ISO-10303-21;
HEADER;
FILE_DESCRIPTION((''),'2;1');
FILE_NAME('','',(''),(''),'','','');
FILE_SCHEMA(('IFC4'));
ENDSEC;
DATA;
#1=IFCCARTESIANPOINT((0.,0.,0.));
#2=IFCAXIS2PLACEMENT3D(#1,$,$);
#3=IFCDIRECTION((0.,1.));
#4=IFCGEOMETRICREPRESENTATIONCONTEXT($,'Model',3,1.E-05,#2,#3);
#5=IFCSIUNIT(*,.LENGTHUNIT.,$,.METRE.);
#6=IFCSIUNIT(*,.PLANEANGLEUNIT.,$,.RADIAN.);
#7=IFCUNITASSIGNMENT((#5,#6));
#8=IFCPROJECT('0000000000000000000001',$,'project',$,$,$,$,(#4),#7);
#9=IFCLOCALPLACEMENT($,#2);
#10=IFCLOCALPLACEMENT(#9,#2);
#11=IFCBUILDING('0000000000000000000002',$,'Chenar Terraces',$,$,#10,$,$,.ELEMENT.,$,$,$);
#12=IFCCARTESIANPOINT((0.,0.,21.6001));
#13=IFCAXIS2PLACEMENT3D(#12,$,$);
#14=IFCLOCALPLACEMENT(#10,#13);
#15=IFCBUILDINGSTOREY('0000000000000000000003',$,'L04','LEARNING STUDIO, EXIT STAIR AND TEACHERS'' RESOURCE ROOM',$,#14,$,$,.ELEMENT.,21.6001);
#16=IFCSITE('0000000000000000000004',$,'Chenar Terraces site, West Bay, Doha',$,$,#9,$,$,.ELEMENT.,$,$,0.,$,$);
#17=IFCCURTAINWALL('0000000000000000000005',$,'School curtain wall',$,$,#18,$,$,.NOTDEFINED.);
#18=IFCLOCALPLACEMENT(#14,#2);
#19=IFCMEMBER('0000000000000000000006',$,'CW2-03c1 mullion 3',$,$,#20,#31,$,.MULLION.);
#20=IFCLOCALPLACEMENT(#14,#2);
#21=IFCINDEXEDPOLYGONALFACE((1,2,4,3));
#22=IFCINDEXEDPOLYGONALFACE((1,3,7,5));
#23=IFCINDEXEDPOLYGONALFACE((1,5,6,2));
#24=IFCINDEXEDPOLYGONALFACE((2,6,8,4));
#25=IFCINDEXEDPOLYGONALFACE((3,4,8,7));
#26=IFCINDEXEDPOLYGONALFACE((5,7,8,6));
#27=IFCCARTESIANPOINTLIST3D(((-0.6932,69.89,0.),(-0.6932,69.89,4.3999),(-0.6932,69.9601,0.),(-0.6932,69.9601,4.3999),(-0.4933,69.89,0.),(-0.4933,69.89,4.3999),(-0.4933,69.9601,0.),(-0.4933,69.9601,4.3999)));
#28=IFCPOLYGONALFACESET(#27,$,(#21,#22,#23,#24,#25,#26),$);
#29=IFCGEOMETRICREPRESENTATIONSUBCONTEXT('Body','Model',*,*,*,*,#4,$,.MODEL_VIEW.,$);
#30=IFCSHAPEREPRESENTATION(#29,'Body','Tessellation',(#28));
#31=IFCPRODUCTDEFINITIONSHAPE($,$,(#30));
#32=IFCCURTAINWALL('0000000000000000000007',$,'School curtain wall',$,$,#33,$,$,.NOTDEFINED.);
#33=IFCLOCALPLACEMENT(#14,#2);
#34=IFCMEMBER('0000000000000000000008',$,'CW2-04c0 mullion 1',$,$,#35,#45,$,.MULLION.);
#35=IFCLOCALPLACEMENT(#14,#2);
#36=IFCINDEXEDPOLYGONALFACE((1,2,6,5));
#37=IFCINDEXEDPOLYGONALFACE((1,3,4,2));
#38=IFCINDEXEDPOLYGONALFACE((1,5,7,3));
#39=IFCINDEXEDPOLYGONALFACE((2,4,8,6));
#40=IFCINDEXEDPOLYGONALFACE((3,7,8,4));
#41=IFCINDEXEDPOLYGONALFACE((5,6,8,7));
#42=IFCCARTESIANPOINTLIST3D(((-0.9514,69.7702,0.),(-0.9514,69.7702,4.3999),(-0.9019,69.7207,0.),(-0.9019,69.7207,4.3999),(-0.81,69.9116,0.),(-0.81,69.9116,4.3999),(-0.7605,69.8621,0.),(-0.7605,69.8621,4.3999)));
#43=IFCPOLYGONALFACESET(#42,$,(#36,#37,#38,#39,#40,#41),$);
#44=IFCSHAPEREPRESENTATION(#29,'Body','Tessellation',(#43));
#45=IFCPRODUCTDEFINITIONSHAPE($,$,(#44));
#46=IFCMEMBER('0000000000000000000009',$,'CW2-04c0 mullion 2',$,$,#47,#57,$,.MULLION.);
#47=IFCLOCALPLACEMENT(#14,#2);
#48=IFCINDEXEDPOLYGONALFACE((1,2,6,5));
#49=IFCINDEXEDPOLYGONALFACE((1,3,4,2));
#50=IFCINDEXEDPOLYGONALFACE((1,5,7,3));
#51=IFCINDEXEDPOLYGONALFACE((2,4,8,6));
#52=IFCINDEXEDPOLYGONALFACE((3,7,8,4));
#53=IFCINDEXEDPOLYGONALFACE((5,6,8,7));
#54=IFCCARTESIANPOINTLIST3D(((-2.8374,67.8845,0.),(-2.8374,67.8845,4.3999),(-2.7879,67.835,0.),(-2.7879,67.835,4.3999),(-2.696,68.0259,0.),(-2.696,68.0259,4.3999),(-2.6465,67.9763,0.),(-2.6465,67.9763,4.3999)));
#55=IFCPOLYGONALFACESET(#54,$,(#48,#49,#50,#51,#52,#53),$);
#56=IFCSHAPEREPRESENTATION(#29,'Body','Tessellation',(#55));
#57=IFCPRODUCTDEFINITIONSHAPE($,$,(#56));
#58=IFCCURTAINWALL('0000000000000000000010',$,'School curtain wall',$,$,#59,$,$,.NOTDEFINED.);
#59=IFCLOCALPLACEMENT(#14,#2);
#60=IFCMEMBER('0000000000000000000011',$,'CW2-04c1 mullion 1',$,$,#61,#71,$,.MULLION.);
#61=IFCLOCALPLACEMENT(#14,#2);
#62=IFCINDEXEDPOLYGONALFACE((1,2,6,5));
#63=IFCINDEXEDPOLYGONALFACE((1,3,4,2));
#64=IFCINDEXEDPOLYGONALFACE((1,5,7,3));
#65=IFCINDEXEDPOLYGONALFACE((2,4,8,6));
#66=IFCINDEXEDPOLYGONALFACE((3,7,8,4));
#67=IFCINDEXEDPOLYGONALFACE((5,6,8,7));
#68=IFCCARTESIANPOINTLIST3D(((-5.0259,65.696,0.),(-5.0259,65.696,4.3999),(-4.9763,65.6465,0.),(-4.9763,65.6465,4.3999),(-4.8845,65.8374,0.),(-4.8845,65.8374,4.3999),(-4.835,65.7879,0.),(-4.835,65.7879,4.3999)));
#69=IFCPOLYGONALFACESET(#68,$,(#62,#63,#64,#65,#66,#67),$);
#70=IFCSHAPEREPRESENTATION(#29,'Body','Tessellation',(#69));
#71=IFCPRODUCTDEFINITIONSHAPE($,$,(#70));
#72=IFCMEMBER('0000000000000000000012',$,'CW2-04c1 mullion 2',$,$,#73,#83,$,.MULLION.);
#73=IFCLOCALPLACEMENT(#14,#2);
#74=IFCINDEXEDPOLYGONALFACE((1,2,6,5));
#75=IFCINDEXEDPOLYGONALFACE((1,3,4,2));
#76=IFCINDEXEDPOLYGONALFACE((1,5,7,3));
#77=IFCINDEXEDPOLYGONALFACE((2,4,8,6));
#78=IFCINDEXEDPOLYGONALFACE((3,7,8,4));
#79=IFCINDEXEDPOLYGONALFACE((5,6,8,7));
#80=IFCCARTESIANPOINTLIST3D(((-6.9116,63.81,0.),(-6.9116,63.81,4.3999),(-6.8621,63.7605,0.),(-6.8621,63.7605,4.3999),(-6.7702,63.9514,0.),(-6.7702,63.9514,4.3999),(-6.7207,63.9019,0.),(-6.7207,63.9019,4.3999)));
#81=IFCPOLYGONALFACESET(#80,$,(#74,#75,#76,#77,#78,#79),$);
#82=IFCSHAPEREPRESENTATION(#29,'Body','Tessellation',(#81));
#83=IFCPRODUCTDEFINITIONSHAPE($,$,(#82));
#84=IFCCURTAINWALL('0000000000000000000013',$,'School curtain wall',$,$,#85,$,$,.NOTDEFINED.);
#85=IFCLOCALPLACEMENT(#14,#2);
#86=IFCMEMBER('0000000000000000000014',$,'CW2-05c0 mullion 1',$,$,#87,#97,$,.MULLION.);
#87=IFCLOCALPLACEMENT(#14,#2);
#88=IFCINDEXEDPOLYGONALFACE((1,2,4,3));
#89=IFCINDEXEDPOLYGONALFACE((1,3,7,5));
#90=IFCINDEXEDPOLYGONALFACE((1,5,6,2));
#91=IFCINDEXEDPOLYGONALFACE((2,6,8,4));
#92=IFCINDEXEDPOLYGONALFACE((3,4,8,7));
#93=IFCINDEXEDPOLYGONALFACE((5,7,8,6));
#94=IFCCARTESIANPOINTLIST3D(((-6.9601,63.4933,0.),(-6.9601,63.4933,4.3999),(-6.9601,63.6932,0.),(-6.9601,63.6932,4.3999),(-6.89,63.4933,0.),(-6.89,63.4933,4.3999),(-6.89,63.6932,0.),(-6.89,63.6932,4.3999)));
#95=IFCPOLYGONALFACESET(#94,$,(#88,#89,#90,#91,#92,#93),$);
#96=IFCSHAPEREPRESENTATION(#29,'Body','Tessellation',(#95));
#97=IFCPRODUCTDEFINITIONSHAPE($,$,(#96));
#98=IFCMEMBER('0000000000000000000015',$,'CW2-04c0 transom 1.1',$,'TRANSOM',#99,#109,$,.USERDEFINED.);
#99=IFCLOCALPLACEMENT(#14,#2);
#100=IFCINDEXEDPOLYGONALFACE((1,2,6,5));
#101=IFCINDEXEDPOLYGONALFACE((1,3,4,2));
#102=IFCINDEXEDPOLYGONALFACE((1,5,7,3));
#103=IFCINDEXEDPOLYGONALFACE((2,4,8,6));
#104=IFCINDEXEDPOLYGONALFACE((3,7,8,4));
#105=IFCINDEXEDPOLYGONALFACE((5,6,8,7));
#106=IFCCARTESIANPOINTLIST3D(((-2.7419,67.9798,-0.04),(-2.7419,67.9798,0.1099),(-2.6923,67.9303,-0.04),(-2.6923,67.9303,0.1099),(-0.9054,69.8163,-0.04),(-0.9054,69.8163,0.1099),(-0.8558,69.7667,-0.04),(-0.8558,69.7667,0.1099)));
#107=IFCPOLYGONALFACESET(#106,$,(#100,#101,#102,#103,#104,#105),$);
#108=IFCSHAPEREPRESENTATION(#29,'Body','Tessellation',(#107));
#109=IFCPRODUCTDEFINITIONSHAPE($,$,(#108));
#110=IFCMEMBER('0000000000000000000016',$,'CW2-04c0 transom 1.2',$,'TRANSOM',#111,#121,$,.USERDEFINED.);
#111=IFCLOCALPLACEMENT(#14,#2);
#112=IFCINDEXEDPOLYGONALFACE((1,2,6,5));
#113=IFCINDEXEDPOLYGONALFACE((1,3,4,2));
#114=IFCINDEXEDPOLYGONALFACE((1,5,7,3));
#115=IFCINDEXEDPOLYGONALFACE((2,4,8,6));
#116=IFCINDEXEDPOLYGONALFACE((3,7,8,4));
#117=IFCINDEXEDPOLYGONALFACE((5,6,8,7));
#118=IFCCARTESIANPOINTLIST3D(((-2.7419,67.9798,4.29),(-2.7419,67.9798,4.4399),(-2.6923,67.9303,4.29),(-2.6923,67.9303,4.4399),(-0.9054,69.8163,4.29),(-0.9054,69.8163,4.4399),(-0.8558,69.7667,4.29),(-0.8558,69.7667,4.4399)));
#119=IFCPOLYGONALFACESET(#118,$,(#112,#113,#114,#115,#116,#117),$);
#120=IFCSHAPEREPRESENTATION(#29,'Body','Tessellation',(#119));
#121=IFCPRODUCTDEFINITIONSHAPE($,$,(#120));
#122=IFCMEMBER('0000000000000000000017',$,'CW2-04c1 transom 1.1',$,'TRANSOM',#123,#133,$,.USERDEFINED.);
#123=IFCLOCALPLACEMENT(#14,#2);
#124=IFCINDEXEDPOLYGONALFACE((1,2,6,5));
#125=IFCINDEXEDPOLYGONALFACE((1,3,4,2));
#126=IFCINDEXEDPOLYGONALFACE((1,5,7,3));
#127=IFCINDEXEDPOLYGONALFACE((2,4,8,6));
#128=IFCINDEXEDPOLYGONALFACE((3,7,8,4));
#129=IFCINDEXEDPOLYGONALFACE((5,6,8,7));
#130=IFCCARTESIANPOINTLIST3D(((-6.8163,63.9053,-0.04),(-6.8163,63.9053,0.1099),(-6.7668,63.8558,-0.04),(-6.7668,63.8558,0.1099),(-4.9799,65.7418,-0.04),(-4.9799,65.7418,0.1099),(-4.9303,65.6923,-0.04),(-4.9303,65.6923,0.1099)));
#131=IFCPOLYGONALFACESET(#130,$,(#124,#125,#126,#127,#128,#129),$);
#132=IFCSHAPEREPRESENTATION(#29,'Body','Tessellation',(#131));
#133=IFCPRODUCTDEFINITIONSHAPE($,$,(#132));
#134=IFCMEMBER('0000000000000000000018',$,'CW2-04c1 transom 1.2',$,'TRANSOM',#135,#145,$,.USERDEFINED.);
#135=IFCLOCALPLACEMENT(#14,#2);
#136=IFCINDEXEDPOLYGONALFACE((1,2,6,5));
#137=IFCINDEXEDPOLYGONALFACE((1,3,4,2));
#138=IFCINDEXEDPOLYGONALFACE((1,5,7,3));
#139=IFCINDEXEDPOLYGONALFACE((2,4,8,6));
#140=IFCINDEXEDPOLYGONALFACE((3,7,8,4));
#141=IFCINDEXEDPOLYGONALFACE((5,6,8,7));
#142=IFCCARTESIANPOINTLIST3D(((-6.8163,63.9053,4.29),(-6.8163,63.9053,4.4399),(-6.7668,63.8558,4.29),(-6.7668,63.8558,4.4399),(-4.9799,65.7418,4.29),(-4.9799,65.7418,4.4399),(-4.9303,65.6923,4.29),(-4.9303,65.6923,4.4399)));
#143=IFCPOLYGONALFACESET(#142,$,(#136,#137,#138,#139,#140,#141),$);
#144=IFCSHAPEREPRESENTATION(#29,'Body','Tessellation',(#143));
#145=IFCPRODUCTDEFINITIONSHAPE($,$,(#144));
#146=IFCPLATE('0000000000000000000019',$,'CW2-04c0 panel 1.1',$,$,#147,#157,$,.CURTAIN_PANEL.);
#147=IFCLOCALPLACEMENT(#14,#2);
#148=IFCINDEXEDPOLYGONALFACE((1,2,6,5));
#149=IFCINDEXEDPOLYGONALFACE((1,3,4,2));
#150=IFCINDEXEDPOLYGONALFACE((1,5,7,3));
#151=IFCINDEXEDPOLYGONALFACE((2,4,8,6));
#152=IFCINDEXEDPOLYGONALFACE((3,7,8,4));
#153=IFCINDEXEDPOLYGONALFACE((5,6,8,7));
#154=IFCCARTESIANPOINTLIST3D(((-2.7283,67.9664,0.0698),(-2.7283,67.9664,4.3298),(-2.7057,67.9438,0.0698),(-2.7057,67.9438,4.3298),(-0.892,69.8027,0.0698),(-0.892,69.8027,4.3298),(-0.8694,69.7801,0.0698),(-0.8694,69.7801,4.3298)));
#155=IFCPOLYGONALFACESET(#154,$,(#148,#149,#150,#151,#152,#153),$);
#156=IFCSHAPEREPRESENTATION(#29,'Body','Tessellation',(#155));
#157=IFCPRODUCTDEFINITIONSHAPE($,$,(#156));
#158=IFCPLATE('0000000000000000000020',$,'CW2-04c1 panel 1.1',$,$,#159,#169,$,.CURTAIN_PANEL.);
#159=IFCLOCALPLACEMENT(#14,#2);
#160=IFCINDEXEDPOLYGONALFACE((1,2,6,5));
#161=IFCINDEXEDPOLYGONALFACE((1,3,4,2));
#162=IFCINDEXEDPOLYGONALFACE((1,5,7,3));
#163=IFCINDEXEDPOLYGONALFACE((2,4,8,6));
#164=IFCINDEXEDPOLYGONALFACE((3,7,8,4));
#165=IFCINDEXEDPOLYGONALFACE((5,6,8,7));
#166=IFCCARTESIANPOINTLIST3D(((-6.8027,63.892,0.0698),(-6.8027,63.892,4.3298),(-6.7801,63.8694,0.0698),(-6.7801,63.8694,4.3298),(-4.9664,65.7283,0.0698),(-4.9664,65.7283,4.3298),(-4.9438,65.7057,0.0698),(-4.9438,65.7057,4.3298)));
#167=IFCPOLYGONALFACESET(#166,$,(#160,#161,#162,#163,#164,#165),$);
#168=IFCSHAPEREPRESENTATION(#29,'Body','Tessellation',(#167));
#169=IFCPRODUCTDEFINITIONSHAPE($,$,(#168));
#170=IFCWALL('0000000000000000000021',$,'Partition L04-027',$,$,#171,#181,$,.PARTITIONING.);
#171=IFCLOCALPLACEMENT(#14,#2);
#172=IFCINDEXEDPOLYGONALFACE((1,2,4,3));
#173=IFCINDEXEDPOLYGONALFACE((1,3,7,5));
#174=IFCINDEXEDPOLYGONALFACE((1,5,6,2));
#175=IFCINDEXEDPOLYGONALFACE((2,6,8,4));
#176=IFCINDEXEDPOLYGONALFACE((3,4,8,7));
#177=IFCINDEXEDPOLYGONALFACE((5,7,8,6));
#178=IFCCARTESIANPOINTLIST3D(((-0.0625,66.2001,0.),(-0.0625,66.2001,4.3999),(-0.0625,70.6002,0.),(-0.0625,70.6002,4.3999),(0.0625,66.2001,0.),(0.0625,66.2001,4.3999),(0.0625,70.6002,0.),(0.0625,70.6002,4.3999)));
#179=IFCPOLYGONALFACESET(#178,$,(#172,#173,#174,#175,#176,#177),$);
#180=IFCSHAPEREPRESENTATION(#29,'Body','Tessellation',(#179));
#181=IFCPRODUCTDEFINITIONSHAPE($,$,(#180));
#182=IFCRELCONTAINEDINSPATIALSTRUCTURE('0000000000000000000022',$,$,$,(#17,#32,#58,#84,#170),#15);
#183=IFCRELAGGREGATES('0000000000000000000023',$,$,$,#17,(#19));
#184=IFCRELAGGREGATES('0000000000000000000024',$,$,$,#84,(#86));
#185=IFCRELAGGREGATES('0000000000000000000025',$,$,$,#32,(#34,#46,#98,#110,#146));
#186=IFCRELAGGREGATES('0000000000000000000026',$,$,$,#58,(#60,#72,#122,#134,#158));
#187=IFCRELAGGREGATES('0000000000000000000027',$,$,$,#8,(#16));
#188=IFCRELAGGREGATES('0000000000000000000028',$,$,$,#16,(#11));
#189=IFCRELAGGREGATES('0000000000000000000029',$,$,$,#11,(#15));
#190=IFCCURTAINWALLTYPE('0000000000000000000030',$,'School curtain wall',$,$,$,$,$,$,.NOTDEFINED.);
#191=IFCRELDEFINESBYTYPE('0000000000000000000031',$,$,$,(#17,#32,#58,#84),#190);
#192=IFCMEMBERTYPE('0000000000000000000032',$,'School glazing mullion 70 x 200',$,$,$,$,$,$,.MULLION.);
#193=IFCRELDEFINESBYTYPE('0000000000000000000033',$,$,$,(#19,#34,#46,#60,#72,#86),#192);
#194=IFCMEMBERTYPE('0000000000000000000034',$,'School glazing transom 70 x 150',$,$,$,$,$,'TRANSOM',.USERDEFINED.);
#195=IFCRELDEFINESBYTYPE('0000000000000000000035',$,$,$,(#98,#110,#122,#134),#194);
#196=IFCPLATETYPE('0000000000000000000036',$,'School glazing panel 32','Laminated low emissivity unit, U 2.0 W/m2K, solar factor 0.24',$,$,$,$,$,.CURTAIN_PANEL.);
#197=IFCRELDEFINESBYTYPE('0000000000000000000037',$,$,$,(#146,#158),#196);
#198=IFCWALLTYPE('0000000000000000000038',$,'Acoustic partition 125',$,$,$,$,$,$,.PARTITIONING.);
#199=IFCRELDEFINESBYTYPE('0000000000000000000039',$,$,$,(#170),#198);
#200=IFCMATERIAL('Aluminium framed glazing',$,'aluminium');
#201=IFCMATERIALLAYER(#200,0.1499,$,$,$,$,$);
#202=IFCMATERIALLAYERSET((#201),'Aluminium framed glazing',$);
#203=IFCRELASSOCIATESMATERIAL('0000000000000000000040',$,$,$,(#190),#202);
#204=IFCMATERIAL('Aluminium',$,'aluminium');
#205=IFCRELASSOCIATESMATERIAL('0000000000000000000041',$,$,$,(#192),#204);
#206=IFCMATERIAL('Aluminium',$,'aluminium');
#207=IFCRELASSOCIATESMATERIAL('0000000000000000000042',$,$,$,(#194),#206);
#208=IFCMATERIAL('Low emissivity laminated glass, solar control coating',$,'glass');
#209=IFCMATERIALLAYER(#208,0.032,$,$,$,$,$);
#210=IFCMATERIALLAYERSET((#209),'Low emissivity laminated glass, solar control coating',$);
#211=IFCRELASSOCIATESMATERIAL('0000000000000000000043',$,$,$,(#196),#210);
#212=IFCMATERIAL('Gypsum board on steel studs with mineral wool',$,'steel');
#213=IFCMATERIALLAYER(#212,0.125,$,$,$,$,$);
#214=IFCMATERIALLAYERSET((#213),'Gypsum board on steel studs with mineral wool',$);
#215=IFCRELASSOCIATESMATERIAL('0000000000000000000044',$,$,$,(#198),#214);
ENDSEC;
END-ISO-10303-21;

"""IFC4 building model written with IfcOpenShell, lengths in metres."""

from ifc_helpers import new_model, si_unit, direction, frame, frame_2d, origin, origin_2d, place, context, subcontext, project, spatial, rectangle, extrude, material, layer, layer_set, material_profile, profile_set, type_object, element, aggregate, save


model = new_model("IFC4")

# Units and contexts
model_context = context("Model", 3, precision=1e-05, world=origin(), true_north=direction((0.0, 1.0)))
body_context = subcontext(model_context, "Body", "Model", "MODEL_VIEW")
ifc_project = project(units=[si_unit("LENGTHUNIT", "METRE"), si_unit("PLANEANGLEUNIT", "RADIAN")], contexts=[model_context])

# Site, building, storey
site_placement = place(None, origin())
site = spatial("IfcSite", under=ifc_project, at=site_placement, Name="Chenar Terraces site, West Bay, Doha", CompositionType="ELEMENT", RefElevation=0.0)
building_placement = place(site_placement, origin())
building = spatial("IfcBuilding", under=site, at=building_placement, Name="Chenar Terraces", CompositionType="ELEMENT")
storey_placement = place(building_placement, frame((0.0, 0.0, 21.6001)))
storey = spatial("IfcBuildingStorey", under=building, at=storey_placement, Name="L04", Description="LEARNING STUDIO, EXIT STAIR AND TEACHERS' RESOURCE ROOM", CompositionType="ELEMENT", Elevation=21.6001)

# Curtain wall, member
ifc_material_1 = material(Name="Aluminium framed glazing", Category="aluminium")
ifc_layer_1 = layer(ifc_material_1, 0.1499)
ifc_layer_set_1 = layer_set([ifc_layer_1], Name="Aluminium framed glazing")
curtain_wall_type = type_object("IfcCurtainWallType", Name="School curtain wall", PredefinedType="NOTDEFINED", material=ifc_layer_set_1)
placement = place(storey_placement, origin())
curtain_wall_1 = element("IfcCurtainWall", 1, at=placement, inside=storey, type_object=curtain_wall_type, Name="School curtain wall", PredefinedType="NOTDEFINED")
ifc_material_2 = material(Name="Aluminium", Category="aluminium")
ifc_material_profile_1 = material_profile(ifc_material_2, rectangle(XDim=0.0701, YDim=0.2, at=origin_2d()), Name="School glazing mullion 70 x 200")
ifc_profile_set_1 = profile_set([ifc_material_profile_1], Name="Aluminium")
member_type_1 = type_object("IfcMemberType", Name="School glazing mullion 70 x 200", PredefinedType="MULLION", material=ifc_profile_set_1)
member_1_placement = place(storey_placement, frame((-0.5933, 69.925, 0.0), z_axis=(0.0, 0.0, 1.0), x_axis=(0.0, -1.0, 0.0)))
member_1 = element("IfcMember", 2, at=member_1_placement, type_object=member_type_1, Name="CW2-03c1 mullion 3", PredefinedType="MULLION", context=body_context, shape_type="SweptSolid", body=[
    extrude(rectangle(XDim=0.0701, YDim=0.2, at=origin_2d()), origin(), (0.0, 0.0, 1.0), 4.3999),
])
aggregate(curtain_wall_1, [member_1])

# Curtain walls, members
curtain_wall_2 = element("IfcCurtainWall", 3, at=placement, inside=storey, type_object=curtain_wall_type, Name="School curtain wall", PredefinedType="NOTDEFINED")
member_2_placement = place(storey_placement, frame((-0.856, 69.8162, 0.0), z_axis=(0.0, 0.0, 1.0), x_axis=(0.707107, -0.707107, 0.0)))
member_2 = element("IfcMember", 4, at=member_2_placement, type_object=member_type_1, Name="CW2-04c0 mullion 1", PredefinedType="MULLION", context=body_context, shape_type="SweptSolid", body=[
    extrude(rectangle(XDim=0.0701, YDim=0.2, at=origin_2d()), origin(), (0.0, 0.0, 1.0), 4.3999),
])
member_3_placement = place(storey_placement, frame((-2.7419, 67.9304, 0.0), z_axis=(0.0, 0.0, 1.0), x_axis=(0.707107, -0.707107, 0.0)))
member_3 = element("IfcMember", 5, at=member_3_placement, type_object=member_type_1, Name="CW2-04c0 mullion 2", PredefinedType="MULLION", context=body_context, shape_type="SweptSolid", body=[
    extrude(rectangle(XDim=0.0701, YDim=0.2, at=origin_2d()), origin(), (0.0, 0.0, 1.0), 4.3999),
])
curtain_wall_3 = element("IfcCurtainWall", 6, at=placement, inside=storey, type_object=curtain_wall_type, Name="School curtain wall", PredefinedType="NOTDEFINED")
member_4_placement = place(storey_placement, frame((-4.9304, 65.7419, 0.0), z_axis=(0.0, 0.0, 1.0), x_axis=(0.707107, -0.707107, 0.0)))
member_4 = element("IfcMember", 7, at=member_4_placement, type_object=member_type_1, Name="CW2-04c1 mullion 1", PredefinedType="MULLION", context=body_context, shape_type="SweptSolid", body=[
    extrude(rectangle(XDim=0.0701, YDim=0.2, at=origin_2d()), origin(), (0.0, 0.0, 1.0), 4.3999),
])
member_5_placement = place(storey_placement, frame((-6.8162, 63.856, 0.0), z_axis=(0.0, 0.0, 1.0), x_axis=(0.707107, -0.707107, 0.0)))
member_5 = element("IfcMember", 8, at=member_5_placement, type_object=member_type_1, Name="CW2-04c1 mullion 2", PredefinedType="MULLION", context=body_context, shape_type="SweptSolid", body=[
    extrude(rectangle(XDim=0.0701, YDim=0.2, at=origin_2d()), origin(), (0.0, 0.0, 1.0), 4.3999),
])

# Curtain wall, member
curtain_wall_4 = element("IfcCurtainWall", 9, at=placement, inside=storey, type_object=curtain_wall_type, Name="School curtain wall", PredefinedType="NOTDEFINED")
member_6_placement = place(storey_placement, frame((-6.925, 63.5933, 0.0), z_axis=(0.0, 0.0, 1.0), x_axis=(1.0, 0.0, 0.0)))
member_6 = element("IfcMember", 10, at=member_6_placement, type_object=member_type_1, Name="CW2-05c0 mullion 1", PredefinedType="MULLION", context=body_context, shape_type="SweptSolid", body=[
    extrude(rectangle(XDim=0.0701, YDim=0.2, at=origin_2d()), origin(), (0.0, 0.0, 1.0), 4.3999),
])
aggregate(curtain_wall_4, [member_6])

# Members
ifc_material_3 = material(Name="Aluminium", Category="aluminium")
ifc_material_profile_2 = material_profile(ifc_material_3, rectangle(XDim=0.0701, YDim=0.1499, at=origin_2d()), Name="School glazing transom 70 x 150")
ifc_profile_set_2 = profile_set([ifc_material_profile_2], Name="Aluminium")
member_type_2 = type_object("IfcMemberType", Name="School glazing transom 70 x 150", ElementType="TRANSOM", PredefinedType="USERDEFINED", material=ifc_profile_set_2)
member_7_placement = place(storey_placement, frame((-0.8806, 69.7915, 0.0349), z_axis=(-0.707107, -0.707107, 0.0), x_axis=(0.707107, -0.707107, 0.0)))
member_7 = element("IfcMember", 11, at=member_7_placement, type_object=member_type_2, Name="CW2-04c0 transom 1.1", ObjectType="TRANSOM", PredefinedType="USERDEFINED", context=body_context, shape_type="SweptSolid", body=[
    extrude(rectangle(XDim=0.0701, YDim=0.1499, at=origin_2d()), origin(), (0.0, 0.0, 1.0), 2.5972),
])
member_8_placement = place(storey_placement, frame((-0.8806, 69.7915, 4.365), z_axis=(-0.707107, -0.707107, 0.0), x_axis=(0.707107, -0.707107, 0.0)))
member_8 = element("IfcMember", 12, at=member_8_placement, type_object=member_type_2, Name="CW2-04c0 transom 1.2", ObjectType="TRANSOM", PredefinedType="USERDEFINED", context=body_context, shape_type="SweptSolid", body=[
    extrude(rectangle(XDim=0.0701, YDim=0.1499, at=origin_2d()), origin(), (0.0, 0.0, 1.0), 2.5972),
])
member_9_placement = place(storey_placement, frame((-4.9551, 65.717, 0.0349), z_axis=(-0.707107, -0.707107, 0.0), x_axis=(0.707107, -0.707107, 0.0)))
member_9 = element("IfcMember", 13, at=member_9_placement, type_object=member_type_2, Name="CW2-04c1 transom 1.1", ObjectType="TRANSOM", PredefinedType="USERDEFINED", context=body_context, shape_type="SweptSolid", body=[
    extrude(rectangle(XDim=0.0701, YDim=0.1499, at=origin_2d()), origin(), (0.0, 0.0, 1.0), 2.5972),
])
member_10_placement = place(storey_placement, frame((-4.9551, 65.717, 4.365), z_axis=(-0.707107, -0.707107, 0.0), x_axis=(0.707107, -0.707107, 0.0)))
member_10 = element("IfcMember", 14, at=member_10_placement, type_object=member_type_2, Name="CW2-04c1 transom 1.2", ObjectType="TRANSOM", PredefinedType="USERDEFINED", context=body_context, shape_type="SweptSolid", body=[
    extrude(rectangle(XDim=0.0701, YDim=0.1499, at=origin_2d()), origin(), (0.0, 0.0, 1.0), 2.5972),
])

# Plates
ifc_material_4 = material(Name="Low emissivity laminated glass, solar control coating", Category="glass")
ifc_layer_2 = layer(ifc_material_4, 0.032)
ifc_layer_set_2 = layer_set([ifc_layer_2], Name="Low emissivity laminated glass, solar control coating")
plate_type = type_object("IfcPlateType", Name="School glazing panel 32", Description="Laminated low emissivity unit, U 2.0 W/m2K, solar factor 0.24", PredefinedType="CURTAIN_PANEL", material=ifc_layer_set_2)
plate_1_placement = place(storey_placement, frame((-1.7988, 68.8733, 0.0698), z_axis=(0.0, 0.0, 1.0), x_axis=(-0.707107, -0.707107, 0.0)))
plate_1 = element("IfcPlate", 15, at=plate_1_placement, type_object=plate_type, Name="CW2-04c0 panel 1.1", PredefinedType="CURTAIN_PANEL", context=body_context, shape_type="SweptSolid", body=[
    extrude(rectangle(XDim=2.5969, YDim=0.032, at=origin_2d()), origin(), (0.0, 0.0, 1.0), 4.26),
])
aggregate(curtain_wall_2, [member_2, member_3, member_7, member_8, plate_1])
plate_2_placement = place(storey_placement, frame((-5.8733, 64.7988, 0.0698), z_axis=(0.0, 0.0, 1.0), x_axis=(-0.707107, -0.707107, 0.0)))
plate_2 = element("IfcPlate", 16, at=plate_2_placement, type_object=plate_type, Name="CW2-04c1 panel 1.1", PredefinedType="CURTAIN_PANEL", context=body_context, shape_type="SweptSolid", body=[
    extrude(rectangle(XDim=2.5969, YDim=0.032, at=origin_2d()), origin(), (0.0, 0.0, 1.0), 4.26),
])
aggregate(curtain_wall_3, [member_4, member_5, member_9, member_10, plate_2])

# Wall
ifc_material_5 = material(Name="Gypsum board on steel studs with mineral wool", Category="steel")
ifc_layer_3 = layer(ifc_material_5, 0.125)
ifc_layer_set_3 = layer_set([ifc_layer_3], Name="Gypsum board on steel studs with mineral wool")
wall_type_1 = type_object("IfcWallType", Name="Acoustic partition 125", PredefinedType="PARTITIONING", material=ifc_layer_set_3)
wall_1_placement = place(storey_placement, frame((0.0, 66.2, 0.0), z_axis=(0.0, 0.0, 1.0), x_axis=(0.0, 1.0, 0.0)))
element("IfcWall", 17, at=wall_1_placement, inside=storey, type_object=wall_type_1, Name="Partition L04-027", PredefinedType="PARTITIONING", context=body_context, shape_type="SweptSolid", body=[
    extrude(rectangle(XDim=4.4001, YDim=0.125, at=frame_2d((2.2002, 0.0))), origin(), (0.0, 0.0, 1.0), 4.3999),
])

save(model, "model.ifc")
